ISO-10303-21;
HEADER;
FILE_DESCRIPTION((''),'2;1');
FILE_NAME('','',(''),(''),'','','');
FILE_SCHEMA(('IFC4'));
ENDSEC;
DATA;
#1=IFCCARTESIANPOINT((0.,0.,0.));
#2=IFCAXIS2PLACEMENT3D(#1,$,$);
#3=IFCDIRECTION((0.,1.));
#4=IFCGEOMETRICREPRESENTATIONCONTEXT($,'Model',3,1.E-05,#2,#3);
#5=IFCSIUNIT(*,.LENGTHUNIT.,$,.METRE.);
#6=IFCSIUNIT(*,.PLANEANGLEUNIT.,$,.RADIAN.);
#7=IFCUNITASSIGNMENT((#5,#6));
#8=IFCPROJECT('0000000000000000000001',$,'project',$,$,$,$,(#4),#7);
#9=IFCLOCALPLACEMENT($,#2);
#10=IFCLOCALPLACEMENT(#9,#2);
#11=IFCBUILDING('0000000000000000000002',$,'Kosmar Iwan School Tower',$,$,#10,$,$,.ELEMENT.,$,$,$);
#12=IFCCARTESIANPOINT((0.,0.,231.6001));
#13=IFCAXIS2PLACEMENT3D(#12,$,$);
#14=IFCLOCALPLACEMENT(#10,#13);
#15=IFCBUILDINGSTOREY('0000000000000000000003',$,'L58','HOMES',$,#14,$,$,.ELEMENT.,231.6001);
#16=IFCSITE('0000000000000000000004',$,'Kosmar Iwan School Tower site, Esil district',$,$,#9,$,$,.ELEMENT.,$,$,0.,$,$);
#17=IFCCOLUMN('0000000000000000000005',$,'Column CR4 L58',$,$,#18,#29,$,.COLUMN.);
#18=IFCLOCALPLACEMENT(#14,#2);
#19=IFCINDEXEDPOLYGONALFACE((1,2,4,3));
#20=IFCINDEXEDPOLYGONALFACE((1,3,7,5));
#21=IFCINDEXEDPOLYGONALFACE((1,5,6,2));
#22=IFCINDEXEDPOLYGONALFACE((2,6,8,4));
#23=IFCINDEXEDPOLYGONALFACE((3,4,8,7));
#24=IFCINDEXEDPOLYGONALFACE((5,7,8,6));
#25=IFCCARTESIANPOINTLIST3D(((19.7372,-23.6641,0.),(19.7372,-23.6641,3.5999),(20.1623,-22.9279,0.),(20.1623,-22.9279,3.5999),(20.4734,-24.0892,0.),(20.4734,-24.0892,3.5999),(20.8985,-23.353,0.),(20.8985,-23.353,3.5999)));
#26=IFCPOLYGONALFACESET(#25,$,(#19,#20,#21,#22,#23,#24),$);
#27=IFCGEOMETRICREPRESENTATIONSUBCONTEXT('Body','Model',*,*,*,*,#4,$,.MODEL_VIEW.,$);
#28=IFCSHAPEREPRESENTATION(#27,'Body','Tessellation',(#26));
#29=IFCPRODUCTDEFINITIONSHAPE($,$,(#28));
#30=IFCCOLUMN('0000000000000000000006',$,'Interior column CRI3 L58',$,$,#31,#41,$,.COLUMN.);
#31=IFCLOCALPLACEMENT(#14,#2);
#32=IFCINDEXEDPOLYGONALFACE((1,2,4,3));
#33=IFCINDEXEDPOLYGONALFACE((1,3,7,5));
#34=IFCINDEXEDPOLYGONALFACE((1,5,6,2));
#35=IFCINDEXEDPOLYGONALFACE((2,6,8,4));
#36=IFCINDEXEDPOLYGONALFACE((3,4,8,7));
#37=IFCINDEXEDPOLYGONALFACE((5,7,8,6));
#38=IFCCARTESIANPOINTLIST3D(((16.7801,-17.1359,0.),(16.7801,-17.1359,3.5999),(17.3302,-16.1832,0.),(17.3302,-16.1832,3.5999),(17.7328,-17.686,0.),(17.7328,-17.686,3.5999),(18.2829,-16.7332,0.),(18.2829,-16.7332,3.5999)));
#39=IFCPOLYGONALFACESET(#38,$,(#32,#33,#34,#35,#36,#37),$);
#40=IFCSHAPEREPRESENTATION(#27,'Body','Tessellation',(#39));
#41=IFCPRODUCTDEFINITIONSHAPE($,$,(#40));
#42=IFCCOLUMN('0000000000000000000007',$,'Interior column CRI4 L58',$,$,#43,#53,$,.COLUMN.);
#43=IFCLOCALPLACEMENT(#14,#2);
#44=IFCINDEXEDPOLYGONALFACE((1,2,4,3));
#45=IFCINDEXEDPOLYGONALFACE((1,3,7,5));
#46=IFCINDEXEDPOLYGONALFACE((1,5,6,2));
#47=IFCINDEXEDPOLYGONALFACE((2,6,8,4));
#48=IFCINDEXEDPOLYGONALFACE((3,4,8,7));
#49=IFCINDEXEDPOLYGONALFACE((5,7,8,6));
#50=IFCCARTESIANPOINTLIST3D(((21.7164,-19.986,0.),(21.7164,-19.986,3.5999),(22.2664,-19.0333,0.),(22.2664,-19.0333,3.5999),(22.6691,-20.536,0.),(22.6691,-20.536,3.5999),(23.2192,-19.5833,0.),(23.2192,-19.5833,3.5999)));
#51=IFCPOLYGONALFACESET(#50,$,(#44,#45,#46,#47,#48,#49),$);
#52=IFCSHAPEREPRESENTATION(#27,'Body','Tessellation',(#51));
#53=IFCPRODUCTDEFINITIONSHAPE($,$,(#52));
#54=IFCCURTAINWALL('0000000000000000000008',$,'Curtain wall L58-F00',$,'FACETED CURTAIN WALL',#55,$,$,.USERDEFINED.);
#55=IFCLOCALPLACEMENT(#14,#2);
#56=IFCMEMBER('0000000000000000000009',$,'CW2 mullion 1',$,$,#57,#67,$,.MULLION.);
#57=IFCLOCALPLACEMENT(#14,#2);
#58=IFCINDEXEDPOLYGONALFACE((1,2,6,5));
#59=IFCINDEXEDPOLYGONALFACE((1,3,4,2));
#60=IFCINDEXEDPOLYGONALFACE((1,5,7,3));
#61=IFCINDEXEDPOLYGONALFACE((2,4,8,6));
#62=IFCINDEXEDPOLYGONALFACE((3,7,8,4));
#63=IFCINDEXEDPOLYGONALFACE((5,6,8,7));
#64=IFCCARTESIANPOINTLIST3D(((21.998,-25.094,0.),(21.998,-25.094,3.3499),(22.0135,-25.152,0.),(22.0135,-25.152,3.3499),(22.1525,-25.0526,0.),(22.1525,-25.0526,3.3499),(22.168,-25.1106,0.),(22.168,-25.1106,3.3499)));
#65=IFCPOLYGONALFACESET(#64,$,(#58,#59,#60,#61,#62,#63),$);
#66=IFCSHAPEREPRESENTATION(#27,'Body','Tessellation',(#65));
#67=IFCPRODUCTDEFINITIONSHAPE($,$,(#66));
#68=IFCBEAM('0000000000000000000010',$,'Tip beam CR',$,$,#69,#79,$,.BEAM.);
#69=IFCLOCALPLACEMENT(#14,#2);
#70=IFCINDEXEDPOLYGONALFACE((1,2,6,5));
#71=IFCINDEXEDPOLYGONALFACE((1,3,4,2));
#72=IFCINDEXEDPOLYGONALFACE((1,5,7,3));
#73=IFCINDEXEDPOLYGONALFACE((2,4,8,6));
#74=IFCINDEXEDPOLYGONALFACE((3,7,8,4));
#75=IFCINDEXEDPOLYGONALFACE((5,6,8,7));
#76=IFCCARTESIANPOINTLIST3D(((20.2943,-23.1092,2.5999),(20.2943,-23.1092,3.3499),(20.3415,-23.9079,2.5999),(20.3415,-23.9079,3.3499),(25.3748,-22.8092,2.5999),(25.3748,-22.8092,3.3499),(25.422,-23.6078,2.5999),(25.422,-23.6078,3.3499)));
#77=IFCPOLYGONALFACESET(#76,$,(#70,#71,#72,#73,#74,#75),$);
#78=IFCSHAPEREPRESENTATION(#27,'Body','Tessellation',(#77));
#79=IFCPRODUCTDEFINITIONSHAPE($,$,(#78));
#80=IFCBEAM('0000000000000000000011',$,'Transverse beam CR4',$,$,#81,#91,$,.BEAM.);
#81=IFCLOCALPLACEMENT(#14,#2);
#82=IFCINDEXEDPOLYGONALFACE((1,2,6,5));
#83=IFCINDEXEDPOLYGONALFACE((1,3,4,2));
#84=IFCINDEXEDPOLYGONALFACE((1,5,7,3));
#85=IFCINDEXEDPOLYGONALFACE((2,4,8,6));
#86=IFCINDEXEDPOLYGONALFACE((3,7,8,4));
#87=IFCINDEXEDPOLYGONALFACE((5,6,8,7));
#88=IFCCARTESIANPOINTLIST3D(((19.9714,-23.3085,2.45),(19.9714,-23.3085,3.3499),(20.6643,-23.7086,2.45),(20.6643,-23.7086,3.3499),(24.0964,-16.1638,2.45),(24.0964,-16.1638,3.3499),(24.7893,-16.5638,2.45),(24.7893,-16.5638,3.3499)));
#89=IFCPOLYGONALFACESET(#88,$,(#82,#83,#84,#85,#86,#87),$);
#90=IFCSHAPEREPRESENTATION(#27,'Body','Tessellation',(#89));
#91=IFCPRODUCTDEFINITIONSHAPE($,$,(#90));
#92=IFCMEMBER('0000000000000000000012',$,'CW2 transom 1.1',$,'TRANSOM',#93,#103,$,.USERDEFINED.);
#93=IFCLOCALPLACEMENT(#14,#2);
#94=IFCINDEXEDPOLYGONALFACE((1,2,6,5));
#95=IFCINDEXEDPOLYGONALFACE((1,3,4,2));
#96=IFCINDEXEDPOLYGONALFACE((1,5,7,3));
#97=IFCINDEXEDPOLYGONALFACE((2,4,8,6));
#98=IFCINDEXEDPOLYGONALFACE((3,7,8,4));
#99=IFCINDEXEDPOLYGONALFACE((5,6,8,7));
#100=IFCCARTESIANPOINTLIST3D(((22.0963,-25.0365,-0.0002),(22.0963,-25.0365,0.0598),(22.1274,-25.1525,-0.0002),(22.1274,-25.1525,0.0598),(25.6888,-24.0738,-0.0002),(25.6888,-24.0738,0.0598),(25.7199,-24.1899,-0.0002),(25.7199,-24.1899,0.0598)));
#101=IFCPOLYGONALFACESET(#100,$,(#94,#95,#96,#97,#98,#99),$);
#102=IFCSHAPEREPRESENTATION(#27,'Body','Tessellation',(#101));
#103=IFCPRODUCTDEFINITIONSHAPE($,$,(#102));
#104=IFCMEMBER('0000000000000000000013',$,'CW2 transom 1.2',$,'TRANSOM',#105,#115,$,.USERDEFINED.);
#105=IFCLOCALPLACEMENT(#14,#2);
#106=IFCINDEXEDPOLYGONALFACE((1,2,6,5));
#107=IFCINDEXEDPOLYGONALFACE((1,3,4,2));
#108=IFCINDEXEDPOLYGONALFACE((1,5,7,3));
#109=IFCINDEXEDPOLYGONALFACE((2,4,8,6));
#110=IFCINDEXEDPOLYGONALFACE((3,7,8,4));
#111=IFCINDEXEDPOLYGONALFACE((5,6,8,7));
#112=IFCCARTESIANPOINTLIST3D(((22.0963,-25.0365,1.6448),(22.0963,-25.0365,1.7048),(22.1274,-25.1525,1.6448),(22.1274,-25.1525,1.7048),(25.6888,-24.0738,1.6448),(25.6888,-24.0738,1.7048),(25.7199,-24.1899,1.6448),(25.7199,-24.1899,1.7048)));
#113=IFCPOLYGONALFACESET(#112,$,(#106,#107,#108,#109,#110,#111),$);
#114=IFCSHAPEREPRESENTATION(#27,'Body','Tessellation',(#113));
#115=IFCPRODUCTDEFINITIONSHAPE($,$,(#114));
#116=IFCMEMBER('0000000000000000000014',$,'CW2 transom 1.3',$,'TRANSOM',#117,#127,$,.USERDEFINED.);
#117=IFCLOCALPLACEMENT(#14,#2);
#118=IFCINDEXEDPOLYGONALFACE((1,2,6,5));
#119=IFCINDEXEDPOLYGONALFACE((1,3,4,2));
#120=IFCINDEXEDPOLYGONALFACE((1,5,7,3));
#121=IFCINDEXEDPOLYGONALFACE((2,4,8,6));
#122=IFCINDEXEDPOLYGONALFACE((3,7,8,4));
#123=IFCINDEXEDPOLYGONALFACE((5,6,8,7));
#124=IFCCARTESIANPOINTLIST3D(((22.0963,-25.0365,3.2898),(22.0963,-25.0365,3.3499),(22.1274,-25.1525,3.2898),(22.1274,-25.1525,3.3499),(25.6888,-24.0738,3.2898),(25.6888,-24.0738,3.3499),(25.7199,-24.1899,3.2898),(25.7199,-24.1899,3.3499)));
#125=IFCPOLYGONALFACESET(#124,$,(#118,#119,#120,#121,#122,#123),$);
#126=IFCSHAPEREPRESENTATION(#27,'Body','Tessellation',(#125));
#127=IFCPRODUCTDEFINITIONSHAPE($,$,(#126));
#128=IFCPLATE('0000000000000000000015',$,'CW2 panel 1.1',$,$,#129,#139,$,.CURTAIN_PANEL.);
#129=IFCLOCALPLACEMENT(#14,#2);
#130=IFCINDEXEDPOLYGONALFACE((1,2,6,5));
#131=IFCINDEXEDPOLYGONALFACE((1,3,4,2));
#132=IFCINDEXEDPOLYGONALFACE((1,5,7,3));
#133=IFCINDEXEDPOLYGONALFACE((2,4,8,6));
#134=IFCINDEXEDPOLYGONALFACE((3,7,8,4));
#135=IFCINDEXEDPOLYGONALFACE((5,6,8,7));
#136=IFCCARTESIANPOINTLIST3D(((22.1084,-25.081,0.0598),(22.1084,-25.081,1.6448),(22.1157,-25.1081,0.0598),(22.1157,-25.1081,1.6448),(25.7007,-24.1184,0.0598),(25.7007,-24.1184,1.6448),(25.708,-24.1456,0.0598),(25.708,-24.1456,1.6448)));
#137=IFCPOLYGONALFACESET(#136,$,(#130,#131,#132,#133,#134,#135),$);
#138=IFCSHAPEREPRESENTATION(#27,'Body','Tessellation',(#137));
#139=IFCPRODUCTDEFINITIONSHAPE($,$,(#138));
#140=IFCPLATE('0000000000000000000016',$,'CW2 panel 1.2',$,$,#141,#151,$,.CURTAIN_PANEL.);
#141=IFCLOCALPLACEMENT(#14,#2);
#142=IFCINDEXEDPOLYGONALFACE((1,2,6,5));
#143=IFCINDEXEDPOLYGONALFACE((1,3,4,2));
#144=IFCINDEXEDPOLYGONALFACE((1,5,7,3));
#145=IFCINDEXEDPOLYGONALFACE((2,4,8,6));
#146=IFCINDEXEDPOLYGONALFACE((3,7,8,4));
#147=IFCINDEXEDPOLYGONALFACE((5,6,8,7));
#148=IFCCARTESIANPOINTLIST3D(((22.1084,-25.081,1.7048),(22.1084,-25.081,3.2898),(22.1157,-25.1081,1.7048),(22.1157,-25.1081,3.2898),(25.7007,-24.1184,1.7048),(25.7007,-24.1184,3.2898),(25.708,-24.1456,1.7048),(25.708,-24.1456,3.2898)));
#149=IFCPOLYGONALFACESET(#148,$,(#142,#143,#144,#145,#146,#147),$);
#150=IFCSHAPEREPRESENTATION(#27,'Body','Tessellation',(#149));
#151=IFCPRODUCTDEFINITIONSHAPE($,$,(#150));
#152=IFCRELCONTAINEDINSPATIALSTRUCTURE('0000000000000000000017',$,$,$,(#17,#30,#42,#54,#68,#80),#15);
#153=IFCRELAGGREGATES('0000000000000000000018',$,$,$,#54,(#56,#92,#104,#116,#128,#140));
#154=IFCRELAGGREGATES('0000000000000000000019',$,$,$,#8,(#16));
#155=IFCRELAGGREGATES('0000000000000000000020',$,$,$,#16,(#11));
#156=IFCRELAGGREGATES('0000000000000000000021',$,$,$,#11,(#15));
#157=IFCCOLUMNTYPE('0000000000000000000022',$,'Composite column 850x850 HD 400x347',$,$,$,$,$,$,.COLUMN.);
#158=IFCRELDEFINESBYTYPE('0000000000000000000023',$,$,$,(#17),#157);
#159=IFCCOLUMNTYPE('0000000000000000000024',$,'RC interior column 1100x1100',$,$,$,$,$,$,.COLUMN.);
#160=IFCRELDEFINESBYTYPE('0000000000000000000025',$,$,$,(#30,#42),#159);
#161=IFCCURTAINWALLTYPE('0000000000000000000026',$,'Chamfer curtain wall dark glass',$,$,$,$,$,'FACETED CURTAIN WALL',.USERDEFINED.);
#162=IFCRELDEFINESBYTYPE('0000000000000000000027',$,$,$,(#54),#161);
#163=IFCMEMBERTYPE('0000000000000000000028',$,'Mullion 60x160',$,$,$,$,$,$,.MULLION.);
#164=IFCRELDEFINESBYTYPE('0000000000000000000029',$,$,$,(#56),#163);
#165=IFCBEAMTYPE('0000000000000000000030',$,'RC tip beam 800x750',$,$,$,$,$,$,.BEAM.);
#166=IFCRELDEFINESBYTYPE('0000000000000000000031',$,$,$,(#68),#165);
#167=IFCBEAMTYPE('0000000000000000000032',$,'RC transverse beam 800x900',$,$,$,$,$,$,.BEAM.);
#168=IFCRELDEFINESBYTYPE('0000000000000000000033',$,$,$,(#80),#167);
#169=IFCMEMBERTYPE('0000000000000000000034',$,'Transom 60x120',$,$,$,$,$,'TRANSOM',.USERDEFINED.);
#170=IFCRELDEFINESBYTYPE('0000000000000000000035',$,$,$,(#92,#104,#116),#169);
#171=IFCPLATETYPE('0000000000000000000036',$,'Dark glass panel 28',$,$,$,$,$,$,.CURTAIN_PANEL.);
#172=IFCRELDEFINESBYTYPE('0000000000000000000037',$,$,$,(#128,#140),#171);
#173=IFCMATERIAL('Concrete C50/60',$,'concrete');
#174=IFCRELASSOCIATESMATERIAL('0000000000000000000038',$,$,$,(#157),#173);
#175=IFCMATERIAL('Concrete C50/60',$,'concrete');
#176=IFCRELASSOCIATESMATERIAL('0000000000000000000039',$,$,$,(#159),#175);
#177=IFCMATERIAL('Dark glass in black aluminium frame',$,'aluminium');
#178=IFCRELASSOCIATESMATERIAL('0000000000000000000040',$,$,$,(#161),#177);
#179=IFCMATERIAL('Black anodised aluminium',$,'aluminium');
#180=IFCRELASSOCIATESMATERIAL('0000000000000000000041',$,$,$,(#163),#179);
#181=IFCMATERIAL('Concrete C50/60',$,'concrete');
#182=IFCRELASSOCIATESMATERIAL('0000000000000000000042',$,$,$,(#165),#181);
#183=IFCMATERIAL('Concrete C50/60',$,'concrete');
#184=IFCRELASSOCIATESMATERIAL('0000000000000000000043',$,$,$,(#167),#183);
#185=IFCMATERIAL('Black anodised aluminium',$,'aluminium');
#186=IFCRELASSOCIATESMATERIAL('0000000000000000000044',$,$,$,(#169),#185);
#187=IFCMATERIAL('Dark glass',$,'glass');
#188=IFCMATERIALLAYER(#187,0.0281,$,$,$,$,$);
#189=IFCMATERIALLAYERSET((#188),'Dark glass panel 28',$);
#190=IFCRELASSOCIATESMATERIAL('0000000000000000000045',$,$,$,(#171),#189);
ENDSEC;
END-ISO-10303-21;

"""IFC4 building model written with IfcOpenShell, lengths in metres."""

from ifc_helpers import new_model, si_unit, direction, frame, origin, origin_2d, place, context, subcontext, project, spatial, rectangle, extrude, material, layer, layer_set, material_profile, profile_set, type_object, element, aggregate, save


model = new_model("IFC4")

# Units and contexts
model_context = context("Model", 3, precision=1e-05, world=origin(), true_north=direction((0.0, 1.0)))
body_context = subcontext(model_context, "Body", "Model", "MODEL_VIEW")
ifc_project = project(units=[si_unit("LENGTHUNIT", "METRE"), si_unit("PLANEANGLEUNIT", "RADIAN")], contexts=[model_context])

# Site, building, storey
site_placement = place(None, origin())
site = spatial("IfcSite", under=ifc_project, at=site_placement, Name="Kosmar Iwan School Tower site, Esil district", CompositionType="ELEMENT", RefElevation=0.0)
building_placement = place(site_placement, origin())
building = spatial("IfcBuilding", under=site, at=building_placement, Name="Kosmar Iwan School Tower", CompositionType="ELEMENT")
storey_placement = place(building_placement, frame((0.0, 0.0, 231.6001)))
storey = spatial("IfcBuildingStorey", under=building, at=storey_placement, Name="L58", Description="HOMES", CompositionType="ELEMENT", Elevation=231.6001)

# Columns
ifc_material_1 = material(Name="Concrete C50/60", Category="concrete")
ifc_material_profile_1 = material_profile(ifc_material_1, rectangle(XDim=0.8501, YDim=0.8501, at=origin_2d()), Name="RC 850x850 + HD 400x347")
ifc_profile_set_1 = profile_set([ifc_material_profile_1], Name="Concrete C50/60")
column_type_1 = type_object("IfcColumnType", Name="Composite column 850x850 HD 400x347", PredefinedType="COLUMN", material=ifc_profile_set_1)
column_placement = place(storey_placement, frame((20.3179, -23.5085, 0.0), z_axis=(0.0, 0.0, 1.0), x_axis=(0.866025, -0.5, 0.0)))
element("IfcColumn", 1, at=column_placement, inside=storey, type_object=column_type_1, Name="Column CR4 L58", PredefinedType="COLUMN", context=body_context, shape_type="SweptSolid", body=[
    extrude(rectangle(XDim=0.8501, YDim=0.8501, at=origin_2d()), origin(), (0.0, 0.0, 1.0), 3.5999),
])
ifc_material_2 = material(Name="Concrete C50/60", Category="concrete")
ifc_material_profile_2 = material_profile(ifc_material_2, rectangle(XDim=1.1001, YDim=1.1001, at=origin_2d()), Name="RC 1100x1100")
ifc_profile_set_2 = profile_set([ifc_material_profile_2], Name="Concrete C50/60")
column_type_2 = type_object("IfcColumnType", Name="RC interior column 1100x1100", PredefinedType="COLUMN", material=ifc_profile_set_2)
for number, where, z_axis, x_axis, name in (
    (2, (17.5315, -16.9346, 0.0), (0.0, 0.0, 1.0), (0.866025, -0.5, 0.0), "Interior column CRI3 L58"),
    (3, (22.4678, -19.7847, 0.0), (0.0, 0.0, 1.0), (0.866025, -0.5, 0.0), "Interior column CRI4 L58"),
):
    element("IfcColumn", number, at=place(storey_placement, frame(where, z_axis=z_axis, x_axis=x_axis)), inside=storey, type_object=column_type_2, Name=name, PredefinedType="COLUMN", context=body_context, shape_type="SweptSolid", body=[
        extrude(rectangle(XDim=1.1001, YDim=1.1001, at=origin_2d()), origin(), (0.0, 0.0, 1.0), 3.5999),
    ])

# Curtain wall, member
ifc_material_3 = material(Name="Dark glass in black aluminium frame", Category="aluminium")
curtain_wall_type = type_object("IfcCurtainWallType", Name="Chamfer curtain wall dark glass", ElementType="FACETED CURTAIN WALL", PredefinedType="USERDEFINED", material=ifc_material_3)
curtain_wall_placement = place(storey_placement, origin())
curtain_wall = element("IfcCurtainWall", 4, at=curtain_wall_placement, inside=storey, type_object=curtain_wall_type, Name="Curtain wall L58-F00", ObjectType="FACETED CURTAIN WALL", PredefinedType="USERDEFINED")
ifc_material_4 = material(Name="Black anodised aluminium", Category="aluminium")
ifc_material_profile_3 = material_profile(ifc_material_4, rectangle(XDim=0.0601, YDim=0.1599, at=origin_2d()), Name="MULLION 60x160")
ifc_profile_set_3 = profile_set([ifc_material_profile_3], Name="Black anodised aluminium")
member_type_1 = type_object("IfcMemberType", Name="Mullion 60x160", PredefinedType="MULLION", material=ifc_profile_set_3)
member_1_placement = place(storey_placement, frame((22.083, -25.1023, 0.0), z_axis=(0.0, 0.0, 1.0), x_axis=(-0.258819, 0.965926, 0.0)))
member_1 = element("IfcMember", 5, at=member_1_placement, type_object=member_type_1, Name="CW2 mullion 1", PredefinedType="MULLION", context=body_context, shape_type="SweptSolid", body=[
    extrude(rectangle(XDim=0.0601, YDim=0.1599, at=origin_2d()), origin(), (0.0, 0.0, 1.0), 3.3499),
])

# Beams
ifc_material_5 = material(Name="Concrete C50/60", Category="concrete")
ifc_material_profile_4 = material_profile(ifc_material_5, rectangle(XDim=0.8, YDim=0.75, at=origin_2d()), Name="RC 800x750")
ifc_profile_set_4 = profile_set([ifc_material_profile_4], Name="Concrete C50/60")
beam_type_1 = type_object("IfcBeamType", Name="RC tip beam 800x750", PredefinedType="BEAM", material=ifc_profile_set_4)
beam_1_placement = place(storey_placement, frame((20.3179, -23.5085, 2.9749), z_axis=(0.998261, 0.058955, 0.0), x_axis=(-0.058955, 0.998261, 0.0)))
element("IfcBeam", 6, at=beam_1_placement, inside=storey, type_object=beam_type_1, Name="Tip beam CR", PredefinedType="BEAM", context=body_context, shape_type="SweptSolid", body=[
    extrude(rectangle(XDim=0.8, YDim=0.75, at=origin_2d()), origin(), (0.0, 0.0, 1.0), 5.0894),
])
ifc_material_6 = material(Name="Concrete C50/60", Category="concrete")
ifc_material_profile_5 = material_profile(ifc_material_6, rectangle(XDim=0.8, YDim=0.8999, at=origin_2d()), Name="RC 800x900")
ifc_profile_set_5 = profile_set([ifc_material_profile_5], Name="Concrete C50/60")
beam_type_2 = type_object("IfcBeamType", Name="RC transverse beam 800x900", PredefinedType="BEAM", material=ifc_profile_set_5)
beam_2_placement = place(storey_placement, frame((20.3179, -23.5085, 2.8999), z_axis=(0.499997, 0.866027, 0.0), x_axis=(-0.866027, 0.499997, 0.0)))
element("IfcBeam", 7, at=beam_2_placement, inside=storey, type_object=beam_type_2, Name="Transverse beam CR4", PredefinedType="BEAM", context=body_context, shape_type="SweptSolid", body=[
    extrude(rectangle(XDim=0.8, YDim=0.8999, at=origin_2d()), origin(), (0.0, 0.0, 1.0), 8.25),
])

# Members
ifc_material_7 = material(Name="Black anodised aluminium", Category="aluminium")
ifc_material_profile_6 = material_profile(ifc_material_7, rectangle(XDim=0.1201, YDim=0.0601, at=origin_2d()), Name="TRANSOM 60x120")
ifc_profile_set_6 = profile_set([ifc_material_profile_6], Name="Black anodised aluminium")
member_type_2 = type_object("IfcMemberType", Name="Transom 60x120", ElementType="TRANSOM", PredefinedType="USERDEFINED", material=ifc_profile_set_6)
member_2_placement = place(storey_placement, frame((22.1118, -25.0945, 0.0298), z_axis=(0.965924, 0.258827, 0.0), x_axis=(-0.258827, 0.965924, 0.0)))
member_2 = element("IfcMember", 8, at=member_2_placement, type_object=member_type_2, Name="CW2 transom 1.1", ObjectType="TRANSOM", PredefinedType="USERDEFINED", context=body_context, shape_type="SweptSolid", body=[
    extrude(rectangle(XDim=0.1201, YDim=0.0601, at=origin_2d()), origin(), (0.0, 0.0, 1.0), 3.7192),
])
member_3_placement = place(storey_placement, frame((22.1118, -25.0945, 1.6748), z_axis=(0.965924, 0.258827, 0.0), x_axis=(-0.258827, 0.965924, 0.0)))
member_3 = element("IfcMember", 9, at=member_3_placement, type_object=member_type_2, Name="CW2 transom 1.2", ObjectType="TRANSOM", PredefinedType="USERDEFINED", context=body_context, shape_type="SweptSolid", body=[
    extrude(rectangle(XDim=0.1201, YDim=0.0601, at=origin_2d()), origin(), (0.0, 0.0, 1.0), 3.7192),
])
member_4_placement = place(storey_placement, frame((22.1118, -25.0945, 3.3198), z_axis=(0.965924, 0.258827, 0.0), x_axis=(-0.258827, 0.965924, 0.0)))
member_4 = element("IfcMember", 10, at=member_4_placement, type_object=member_type_2, Name="CW2 transom 1.3", ObjectType="TRANSOM", PredefinedType="USERDEFINED", context=body_context, shape_type="SweptSolid", body=[
    extrude(rectangle(XDim=0.1201, YDim=0.0601, at=origin_2d()), origin(), (0.0, 0.0, 1.0), 3.7192),
])

# Plates
ifc_material_8 = material(Name="Dark glass", Category="glass")
ifc_layer_1 = layer(ifc_material_8, 0.0281)
ifc_layer_set_1 = layer_set([ifc_layer_1], Name="Dark glass panel 28")
plate_type = type_object("IfcPlateType", Name="Dark glass panel 28", PredefinedType="CURTAIN_PANEL", material=ifc_layer_set_1)
plate_1_placement = place(storey_placement, frame((23.9082, -24.6133, 0.0598), z_axis=(0.0, 0.0, 1.0), x_axis=(0.965926, 0.258819, 0.0)))
plate_1 = element("IfcPlate", 11, at=plate_1_placement, type_object=plate_type, Name="CW2 panel 1.1", PredefinedType="CURTAIN_PANEL", context=body_context, shape_type="SweptSolid", body=[
    extrude(rectangle(XDim=3.719, YDim=0.0281, at=origin_2d()), origin(), (0.0, 0.0, 1.0), 1.585),
])
plate_2_placement = place(storey_placement, frame((23.9082, -24.6133, 1.7048), z_axis=(0.0, 0.0, 1.0), x_axis=(0.965926, 0.258819, 0.0)))
plate_2 = element("IfcPlate", 12, at=plate_2_placement, type_object=plate_type, Name="CW2 panel 1.2", PredefinedType="CURTAIN_PANEL", context=body_context, shape_type="SweptSolid", body=[
    extrude(rectangle(XDim=3.719, YDim=0.0281, at=origin_2d()), origin(), (0.0, 0.0, 1.0), 1.585),
])
aggregate(curtain_wall, [member_1, member_2, member_3, member_4, plate_1, plate_2])

save(model, "model.ifc")
